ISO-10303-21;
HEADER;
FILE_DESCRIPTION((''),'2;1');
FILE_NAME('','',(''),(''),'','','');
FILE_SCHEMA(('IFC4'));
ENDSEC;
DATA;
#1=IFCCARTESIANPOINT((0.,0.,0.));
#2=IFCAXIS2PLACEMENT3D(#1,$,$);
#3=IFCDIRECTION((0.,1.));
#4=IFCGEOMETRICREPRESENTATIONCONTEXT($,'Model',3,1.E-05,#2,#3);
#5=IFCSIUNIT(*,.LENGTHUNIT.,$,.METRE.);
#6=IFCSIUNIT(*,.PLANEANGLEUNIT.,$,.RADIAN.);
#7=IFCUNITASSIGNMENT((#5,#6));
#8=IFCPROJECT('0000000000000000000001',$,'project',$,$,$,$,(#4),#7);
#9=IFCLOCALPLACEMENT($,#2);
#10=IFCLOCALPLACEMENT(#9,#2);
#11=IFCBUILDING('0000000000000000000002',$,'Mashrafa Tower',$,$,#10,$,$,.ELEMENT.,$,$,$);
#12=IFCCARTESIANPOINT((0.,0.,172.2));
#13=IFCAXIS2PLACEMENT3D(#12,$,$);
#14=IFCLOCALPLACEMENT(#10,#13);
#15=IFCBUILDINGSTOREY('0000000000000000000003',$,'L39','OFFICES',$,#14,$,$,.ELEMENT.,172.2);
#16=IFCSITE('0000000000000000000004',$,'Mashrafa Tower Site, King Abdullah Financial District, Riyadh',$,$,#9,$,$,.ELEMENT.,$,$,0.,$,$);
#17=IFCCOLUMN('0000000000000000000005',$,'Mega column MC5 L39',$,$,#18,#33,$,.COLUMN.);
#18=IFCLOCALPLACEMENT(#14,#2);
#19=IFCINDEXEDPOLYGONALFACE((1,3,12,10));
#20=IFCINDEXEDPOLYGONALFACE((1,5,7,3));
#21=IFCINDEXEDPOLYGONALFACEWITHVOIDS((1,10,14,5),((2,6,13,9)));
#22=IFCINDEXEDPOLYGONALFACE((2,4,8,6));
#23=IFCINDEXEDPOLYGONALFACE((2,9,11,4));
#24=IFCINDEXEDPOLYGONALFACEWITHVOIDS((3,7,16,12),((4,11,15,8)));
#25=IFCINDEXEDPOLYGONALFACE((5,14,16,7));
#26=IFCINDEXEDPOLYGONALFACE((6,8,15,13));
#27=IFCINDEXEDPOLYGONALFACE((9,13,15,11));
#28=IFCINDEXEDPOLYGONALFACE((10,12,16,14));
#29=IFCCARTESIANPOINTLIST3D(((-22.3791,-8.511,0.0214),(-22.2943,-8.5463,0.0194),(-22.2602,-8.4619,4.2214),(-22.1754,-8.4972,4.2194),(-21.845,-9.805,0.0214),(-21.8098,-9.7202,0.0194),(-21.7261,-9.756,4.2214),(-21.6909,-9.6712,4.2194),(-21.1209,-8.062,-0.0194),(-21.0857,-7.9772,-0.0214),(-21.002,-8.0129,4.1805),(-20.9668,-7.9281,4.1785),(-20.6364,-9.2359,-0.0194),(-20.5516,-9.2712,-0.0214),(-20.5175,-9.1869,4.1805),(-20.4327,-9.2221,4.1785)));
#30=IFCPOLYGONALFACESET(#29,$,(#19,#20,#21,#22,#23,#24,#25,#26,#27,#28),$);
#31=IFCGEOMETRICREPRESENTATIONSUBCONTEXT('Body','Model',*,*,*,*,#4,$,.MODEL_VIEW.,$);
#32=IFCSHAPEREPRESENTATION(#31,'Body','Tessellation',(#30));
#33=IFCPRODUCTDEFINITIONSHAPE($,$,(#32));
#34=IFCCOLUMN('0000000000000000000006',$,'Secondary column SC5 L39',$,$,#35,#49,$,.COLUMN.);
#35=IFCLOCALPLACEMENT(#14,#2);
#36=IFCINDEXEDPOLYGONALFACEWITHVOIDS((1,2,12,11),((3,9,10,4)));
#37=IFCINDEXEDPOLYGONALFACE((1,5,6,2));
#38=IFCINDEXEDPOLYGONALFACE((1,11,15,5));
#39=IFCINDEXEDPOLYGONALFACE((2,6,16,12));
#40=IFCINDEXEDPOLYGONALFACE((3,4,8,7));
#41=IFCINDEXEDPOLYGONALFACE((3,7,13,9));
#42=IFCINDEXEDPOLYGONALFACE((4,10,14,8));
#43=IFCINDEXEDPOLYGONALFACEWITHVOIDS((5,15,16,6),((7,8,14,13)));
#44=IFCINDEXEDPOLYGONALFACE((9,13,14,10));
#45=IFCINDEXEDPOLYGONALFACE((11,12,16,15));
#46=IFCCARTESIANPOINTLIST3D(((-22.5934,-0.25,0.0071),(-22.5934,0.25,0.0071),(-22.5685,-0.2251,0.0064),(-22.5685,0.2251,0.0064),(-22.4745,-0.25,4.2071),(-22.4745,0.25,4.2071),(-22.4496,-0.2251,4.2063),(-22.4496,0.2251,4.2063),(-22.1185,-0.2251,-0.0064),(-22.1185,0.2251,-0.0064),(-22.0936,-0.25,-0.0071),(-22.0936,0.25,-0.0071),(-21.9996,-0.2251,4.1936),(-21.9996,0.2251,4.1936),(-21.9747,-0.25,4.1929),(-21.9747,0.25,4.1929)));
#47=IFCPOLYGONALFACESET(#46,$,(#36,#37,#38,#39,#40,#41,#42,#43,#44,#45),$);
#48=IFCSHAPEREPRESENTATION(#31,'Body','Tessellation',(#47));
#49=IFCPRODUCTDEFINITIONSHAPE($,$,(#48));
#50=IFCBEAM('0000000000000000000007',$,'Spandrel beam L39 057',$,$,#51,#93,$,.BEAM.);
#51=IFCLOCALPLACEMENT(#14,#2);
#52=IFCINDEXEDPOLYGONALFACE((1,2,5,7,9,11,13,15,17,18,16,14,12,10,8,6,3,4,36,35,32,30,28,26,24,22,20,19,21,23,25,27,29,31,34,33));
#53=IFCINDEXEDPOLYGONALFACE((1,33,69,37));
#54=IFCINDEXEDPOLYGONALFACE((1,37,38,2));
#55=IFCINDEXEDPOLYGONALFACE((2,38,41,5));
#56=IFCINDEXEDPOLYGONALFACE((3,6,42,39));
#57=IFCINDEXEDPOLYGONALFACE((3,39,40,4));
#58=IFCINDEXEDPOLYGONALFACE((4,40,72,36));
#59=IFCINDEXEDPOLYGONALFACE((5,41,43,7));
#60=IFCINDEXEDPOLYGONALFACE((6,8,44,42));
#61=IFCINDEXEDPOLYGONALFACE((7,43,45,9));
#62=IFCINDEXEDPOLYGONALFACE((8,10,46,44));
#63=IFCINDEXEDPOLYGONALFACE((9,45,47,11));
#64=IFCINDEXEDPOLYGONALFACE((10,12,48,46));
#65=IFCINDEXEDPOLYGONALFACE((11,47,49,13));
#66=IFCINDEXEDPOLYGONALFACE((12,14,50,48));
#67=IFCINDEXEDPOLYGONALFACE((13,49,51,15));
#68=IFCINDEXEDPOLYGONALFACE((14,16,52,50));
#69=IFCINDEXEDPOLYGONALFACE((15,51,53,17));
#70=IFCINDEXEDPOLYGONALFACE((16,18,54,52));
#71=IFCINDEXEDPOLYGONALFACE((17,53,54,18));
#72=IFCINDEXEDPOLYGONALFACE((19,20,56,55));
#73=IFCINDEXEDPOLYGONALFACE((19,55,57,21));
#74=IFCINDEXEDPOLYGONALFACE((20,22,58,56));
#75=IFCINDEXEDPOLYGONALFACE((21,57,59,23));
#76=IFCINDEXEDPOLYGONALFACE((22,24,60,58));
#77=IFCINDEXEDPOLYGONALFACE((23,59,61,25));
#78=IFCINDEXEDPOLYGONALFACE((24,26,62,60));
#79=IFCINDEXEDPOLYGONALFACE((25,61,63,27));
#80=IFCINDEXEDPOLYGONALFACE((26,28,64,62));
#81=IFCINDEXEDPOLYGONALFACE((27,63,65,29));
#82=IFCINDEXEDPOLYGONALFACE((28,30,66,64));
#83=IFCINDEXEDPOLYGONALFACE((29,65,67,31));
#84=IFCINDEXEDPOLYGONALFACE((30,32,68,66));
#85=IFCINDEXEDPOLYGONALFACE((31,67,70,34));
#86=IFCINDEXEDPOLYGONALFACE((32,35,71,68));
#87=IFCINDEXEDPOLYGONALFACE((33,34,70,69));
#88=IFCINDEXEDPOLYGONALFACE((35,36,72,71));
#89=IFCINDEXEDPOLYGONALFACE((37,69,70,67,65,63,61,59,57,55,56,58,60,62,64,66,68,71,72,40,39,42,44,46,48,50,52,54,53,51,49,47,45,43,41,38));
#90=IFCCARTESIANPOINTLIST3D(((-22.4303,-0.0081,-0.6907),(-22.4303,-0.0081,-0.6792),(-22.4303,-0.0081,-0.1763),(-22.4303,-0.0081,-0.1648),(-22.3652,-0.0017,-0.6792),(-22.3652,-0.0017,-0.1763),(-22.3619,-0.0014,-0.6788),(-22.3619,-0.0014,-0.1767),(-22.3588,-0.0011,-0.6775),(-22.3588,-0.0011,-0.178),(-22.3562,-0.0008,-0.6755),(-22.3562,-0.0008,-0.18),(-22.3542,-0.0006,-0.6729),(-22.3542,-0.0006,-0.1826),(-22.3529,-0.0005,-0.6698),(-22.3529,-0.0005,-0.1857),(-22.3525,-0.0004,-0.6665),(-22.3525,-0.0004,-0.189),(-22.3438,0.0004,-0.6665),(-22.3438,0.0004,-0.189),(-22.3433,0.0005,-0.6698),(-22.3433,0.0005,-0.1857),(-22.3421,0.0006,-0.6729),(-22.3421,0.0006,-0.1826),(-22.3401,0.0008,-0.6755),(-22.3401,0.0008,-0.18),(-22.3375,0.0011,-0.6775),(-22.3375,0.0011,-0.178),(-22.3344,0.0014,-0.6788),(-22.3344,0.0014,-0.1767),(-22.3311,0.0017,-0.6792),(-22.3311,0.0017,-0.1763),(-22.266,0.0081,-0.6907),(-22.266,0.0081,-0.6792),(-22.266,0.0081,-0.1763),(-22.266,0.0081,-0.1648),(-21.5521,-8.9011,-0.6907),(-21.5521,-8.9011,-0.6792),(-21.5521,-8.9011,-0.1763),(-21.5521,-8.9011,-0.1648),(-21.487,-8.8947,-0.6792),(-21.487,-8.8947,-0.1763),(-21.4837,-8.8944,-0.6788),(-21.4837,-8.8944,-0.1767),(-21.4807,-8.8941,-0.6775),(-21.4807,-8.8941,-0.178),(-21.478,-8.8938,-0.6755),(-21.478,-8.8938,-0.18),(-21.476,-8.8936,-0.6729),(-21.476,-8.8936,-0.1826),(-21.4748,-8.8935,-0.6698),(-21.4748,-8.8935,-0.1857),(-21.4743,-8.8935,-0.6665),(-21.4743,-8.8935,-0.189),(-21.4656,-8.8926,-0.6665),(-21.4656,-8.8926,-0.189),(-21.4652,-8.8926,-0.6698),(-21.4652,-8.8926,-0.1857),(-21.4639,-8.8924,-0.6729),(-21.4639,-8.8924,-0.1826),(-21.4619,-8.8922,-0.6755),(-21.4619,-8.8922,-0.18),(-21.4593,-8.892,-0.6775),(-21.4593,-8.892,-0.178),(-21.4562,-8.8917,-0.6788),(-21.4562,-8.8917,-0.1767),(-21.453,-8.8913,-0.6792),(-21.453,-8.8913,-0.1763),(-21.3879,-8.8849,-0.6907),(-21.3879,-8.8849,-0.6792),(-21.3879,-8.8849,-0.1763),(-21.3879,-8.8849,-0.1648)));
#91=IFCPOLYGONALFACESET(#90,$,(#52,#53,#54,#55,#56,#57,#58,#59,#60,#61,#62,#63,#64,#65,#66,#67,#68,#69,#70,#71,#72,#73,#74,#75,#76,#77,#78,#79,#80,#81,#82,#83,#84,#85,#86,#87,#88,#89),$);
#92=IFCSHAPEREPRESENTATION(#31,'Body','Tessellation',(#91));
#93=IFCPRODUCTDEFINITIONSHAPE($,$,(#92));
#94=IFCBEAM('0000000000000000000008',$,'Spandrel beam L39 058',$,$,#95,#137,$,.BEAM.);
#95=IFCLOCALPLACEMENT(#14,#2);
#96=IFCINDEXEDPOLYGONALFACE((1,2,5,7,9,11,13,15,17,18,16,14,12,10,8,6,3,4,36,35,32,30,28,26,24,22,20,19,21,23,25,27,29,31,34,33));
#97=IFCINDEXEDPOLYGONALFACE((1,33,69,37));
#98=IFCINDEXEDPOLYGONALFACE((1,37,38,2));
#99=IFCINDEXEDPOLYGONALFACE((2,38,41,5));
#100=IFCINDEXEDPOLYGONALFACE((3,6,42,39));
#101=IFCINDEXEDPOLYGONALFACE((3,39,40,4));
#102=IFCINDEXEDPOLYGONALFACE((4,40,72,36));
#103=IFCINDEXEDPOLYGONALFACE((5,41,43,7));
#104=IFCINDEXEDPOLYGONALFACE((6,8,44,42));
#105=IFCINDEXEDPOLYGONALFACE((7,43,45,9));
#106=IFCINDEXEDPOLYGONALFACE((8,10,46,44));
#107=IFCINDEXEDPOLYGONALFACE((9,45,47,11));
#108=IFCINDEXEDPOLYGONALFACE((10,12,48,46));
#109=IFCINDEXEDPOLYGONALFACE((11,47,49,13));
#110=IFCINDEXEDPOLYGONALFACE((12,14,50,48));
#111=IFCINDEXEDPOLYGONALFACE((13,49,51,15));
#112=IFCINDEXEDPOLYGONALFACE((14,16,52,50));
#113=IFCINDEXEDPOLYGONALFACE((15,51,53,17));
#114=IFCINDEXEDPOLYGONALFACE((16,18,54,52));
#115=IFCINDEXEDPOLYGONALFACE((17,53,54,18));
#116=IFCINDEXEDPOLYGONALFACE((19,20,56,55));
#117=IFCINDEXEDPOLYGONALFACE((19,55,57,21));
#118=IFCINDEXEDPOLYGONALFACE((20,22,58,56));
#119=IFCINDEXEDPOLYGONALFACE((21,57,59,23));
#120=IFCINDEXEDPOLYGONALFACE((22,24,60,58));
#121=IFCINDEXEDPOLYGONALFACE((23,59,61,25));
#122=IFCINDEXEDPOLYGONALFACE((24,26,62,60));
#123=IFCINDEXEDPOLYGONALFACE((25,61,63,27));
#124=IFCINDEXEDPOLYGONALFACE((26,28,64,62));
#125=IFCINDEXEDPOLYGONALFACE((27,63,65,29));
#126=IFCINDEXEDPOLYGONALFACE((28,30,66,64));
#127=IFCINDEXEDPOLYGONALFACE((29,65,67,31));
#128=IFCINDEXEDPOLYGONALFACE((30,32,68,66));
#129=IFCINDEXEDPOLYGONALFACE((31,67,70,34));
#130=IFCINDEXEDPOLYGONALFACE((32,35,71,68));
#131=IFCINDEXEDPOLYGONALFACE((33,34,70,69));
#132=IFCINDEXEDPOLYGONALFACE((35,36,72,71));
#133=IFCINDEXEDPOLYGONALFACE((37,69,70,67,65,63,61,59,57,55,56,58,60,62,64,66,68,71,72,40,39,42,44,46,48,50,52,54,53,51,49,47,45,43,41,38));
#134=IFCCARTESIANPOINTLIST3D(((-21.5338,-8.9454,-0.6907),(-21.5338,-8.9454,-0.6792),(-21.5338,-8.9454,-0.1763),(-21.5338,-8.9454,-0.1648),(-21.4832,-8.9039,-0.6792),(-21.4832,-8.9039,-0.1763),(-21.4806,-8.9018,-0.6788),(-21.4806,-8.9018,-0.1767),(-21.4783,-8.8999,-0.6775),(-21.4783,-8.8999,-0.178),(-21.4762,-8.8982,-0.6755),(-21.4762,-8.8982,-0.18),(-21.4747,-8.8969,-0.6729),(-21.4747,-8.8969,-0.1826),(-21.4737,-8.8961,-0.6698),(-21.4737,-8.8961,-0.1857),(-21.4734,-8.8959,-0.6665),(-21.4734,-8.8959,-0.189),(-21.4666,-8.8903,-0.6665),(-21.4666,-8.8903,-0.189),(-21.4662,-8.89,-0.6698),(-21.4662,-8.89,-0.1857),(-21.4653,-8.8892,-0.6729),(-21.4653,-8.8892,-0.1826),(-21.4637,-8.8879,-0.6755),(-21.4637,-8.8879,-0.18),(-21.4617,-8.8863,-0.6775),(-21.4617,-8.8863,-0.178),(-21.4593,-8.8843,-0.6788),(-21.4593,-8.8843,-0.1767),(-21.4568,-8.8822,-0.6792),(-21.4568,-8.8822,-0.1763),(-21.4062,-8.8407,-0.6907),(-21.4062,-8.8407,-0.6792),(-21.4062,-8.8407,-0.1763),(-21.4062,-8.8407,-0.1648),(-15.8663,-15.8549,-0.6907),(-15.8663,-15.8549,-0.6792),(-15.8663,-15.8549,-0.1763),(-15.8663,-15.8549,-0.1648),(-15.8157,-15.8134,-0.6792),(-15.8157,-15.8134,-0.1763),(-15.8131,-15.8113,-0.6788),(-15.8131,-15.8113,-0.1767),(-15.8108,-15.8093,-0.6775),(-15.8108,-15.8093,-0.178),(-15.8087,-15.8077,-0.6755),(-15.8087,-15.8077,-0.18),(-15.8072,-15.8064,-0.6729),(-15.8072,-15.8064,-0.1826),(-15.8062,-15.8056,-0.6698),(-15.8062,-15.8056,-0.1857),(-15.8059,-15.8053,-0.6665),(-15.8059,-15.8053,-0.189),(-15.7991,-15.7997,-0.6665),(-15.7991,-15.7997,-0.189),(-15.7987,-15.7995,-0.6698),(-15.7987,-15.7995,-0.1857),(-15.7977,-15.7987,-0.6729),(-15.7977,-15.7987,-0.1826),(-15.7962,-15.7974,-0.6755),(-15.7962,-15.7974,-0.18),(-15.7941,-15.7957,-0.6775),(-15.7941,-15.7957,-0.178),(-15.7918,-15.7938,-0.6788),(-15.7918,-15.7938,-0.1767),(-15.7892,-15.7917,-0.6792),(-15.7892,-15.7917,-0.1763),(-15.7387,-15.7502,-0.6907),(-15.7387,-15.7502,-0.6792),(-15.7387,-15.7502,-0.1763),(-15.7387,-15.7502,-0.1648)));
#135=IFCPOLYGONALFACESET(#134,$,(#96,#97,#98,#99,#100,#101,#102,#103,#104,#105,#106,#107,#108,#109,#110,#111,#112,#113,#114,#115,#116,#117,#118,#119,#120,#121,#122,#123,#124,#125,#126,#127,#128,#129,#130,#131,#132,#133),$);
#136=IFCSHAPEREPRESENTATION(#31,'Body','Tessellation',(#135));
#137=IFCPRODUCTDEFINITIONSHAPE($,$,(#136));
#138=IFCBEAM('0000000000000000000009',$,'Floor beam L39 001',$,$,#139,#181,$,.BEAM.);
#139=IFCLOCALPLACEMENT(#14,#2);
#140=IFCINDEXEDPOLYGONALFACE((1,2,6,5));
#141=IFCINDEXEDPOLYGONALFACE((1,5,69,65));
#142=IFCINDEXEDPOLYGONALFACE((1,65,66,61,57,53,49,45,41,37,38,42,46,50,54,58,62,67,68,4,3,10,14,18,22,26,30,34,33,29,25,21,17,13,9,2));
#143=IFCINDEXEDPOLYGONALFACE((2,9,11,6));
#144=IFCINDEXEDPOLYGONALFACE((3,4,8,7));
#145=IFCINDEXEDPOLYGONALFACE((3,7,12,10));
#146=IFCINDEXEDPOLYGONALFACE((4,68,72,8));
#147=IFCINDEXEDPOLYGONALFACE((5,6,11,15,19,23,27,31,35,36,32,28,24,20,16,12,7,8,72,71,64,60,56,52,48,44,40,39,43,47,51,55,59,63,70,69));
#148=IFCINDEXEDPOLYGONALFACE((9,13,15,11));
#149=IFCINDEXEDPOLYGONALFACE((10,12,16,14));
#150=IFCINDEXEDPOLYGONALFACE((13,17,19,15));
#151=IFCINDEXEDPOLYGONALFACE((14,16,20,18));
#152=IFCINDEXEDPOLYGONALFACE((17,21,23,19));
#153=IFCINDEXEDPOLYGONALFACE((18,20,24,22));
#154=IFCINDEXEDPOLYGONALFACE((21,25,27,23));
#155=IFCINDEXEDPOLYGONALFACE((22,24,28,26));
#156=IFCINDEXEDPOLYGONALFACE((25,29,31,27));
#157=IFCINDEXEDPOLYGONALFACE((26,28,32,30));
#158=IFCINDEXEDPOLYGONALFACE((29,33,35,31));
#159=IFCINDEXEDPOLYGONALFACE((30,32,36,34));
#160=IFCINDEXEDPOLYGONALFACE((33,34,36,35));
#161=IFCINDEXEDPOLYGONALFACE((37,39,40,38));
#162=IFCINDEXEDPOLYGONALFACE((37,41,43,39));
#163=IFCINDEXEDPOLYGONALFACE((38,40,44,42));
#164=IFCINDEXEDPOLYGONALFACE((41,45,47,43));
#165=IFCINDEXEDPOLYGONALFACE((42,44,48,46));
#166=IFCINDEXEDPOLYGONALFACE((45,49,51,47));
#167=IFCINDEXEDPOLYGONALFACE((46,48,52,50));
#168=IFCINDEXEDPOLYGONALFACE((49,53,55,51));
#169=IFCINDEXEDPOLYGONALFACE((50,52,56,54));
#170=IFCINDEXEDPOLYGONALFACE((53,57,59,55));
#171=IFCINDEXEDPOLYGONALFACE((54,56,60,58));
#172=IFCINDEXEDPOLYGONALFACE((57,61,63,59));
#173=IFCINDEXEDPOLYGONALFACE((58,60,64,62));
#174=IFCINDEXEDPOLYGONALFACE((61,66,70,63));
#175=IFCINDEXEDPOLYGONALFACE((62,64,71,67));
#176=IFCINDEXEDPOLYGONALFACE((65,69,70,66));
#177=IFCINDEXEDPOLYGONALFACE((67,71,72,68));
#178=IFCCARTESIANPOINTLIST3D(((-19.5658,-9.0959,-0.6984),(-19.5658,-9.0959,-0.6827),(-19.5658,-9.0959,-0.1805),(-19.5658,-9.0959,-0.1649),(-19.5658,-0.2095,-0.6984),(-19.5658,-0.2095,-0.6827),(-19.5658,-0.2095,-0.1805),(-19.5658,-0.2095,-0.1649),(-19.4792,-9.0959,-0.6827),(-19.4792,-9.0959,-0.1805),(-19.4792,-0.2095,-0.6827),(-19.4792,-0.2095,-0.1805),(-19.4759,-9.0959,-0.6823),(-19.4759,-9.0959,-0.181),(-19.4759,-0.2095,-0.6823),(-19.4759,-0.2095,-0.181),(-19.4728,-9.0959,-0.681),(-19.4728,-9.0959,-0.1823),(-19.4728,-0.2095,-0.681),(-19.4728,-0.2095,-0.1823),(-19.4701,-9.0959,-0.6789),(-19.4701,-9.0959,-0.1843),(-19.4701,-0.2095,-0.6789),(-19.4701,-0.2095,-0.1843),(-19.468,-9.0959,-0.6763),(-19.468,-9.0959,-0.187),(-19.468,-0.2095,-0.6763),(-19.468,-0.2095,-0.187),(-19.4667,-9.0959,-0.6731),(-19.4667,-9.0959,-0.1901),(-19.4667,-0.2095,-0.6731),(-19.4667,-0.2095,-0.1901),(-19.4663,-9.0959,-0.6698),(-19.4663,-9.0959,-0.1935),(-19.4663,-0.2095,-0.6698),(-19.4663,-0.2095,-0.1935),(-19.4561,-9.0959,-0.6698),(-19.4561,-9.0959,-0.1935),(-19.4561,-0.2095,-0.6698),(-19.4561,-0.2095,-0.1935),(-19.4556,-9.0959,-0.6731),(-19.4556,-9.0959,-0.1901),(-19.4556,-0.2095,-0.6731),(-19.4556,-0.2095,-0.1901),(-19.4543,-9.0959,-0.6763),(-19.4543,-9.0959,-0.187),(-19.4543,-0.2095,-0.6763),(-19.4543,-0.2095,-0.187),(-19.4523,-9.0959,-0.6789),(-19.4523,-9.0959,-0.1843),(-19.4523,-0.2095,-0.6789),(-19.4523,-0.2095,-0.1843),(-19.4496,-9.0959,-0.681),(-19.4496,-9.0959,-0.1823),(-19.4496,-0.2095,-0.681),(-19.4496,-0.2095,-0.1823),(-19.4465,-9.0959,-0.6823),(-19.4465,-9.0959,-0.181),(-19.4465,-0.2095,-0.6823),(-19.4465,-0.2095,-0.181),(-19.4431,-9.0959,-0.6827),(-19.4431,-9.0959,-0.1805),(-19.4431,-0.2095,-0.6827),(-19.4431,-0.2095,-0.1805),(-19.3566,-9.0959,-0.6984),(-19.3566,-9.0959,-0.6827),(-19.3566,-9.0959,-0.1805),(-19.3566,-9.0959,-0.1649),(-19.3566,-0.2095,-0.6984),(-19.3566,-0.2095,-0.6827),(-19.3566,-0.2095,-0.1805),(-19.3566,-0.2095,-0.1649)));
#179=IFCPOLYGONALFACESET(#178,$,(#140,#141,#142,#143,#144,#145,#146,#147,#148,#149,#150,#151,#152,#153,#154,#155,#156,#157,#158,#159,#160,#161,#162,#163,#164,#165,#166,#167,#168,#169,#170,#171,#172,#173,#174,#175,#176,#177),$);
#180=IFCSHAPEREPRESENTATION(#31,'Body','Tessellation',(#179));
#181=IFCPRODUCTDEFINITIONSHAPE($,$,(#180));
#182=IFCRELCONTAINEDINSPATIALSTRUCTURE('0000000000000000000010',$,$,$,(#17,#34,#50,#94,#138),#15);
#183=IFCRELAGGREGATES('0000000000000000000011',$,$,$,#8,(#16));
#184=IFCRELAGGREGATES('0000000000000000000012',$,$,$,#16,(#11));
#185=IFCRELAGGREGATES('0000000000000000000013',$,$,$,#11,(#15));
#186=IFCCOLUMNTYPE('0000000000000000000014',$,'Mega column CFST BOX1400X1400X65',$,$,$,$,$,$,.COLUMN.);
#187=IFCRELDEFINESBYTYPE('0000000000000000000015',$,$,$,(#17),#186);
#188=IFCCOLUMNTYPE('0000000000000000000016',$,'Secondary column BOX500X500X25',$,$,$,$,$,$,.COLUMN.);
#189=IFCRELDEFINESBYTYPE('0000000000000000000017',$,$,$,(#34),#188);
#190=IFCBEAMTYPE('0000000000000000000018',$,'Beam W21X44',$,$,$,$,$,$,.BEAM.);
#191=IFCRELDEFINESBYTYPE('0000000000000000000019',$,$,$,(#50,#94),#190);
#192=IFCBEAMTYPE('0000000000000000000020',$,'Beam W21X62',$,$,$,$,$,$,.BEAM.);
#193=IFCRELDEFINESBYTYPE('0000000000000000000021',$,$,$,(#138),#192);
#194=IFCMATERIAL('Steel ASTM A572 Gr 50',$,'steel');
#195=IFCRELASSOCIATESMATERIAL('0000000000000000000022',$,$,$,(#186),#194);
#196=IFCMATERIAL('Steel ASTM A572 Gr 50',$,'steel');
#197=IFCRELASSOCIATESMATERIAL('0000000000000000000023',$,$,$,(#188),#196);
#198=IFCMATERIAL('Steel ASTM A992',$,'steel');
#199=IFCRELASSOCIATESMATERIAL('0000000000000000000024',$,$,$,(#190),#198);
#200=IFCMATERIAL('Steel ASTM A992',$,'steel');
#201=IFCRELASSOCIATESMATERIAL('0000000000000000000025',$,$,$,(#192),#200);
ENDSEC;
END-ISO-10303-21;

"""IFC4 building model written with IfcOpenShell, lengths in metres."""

from ifc_helpers import new_model, si_unit, direction, frame, origin, origin_2d, place, context, subcontext, project, spatial, hollow_rectangle, i_section, extrude, material, material_profile, profile_set, type_object, element, save


model = new_model("IFC4")

# Units and contexts
model_context = context("Model", 3, precision=1e-05, world=origin(), true_north=direction((0.0, 1.0)))
body_context = subcontext(model_context, "Body", "Model", "MODEL_VIEW")
ifc_project = project(units=[si_unit("LENGTHUNIT", "METRE"), si_unit("PLANEANGLEUNIT", "RADIAN")], contexts=[model_context])

# Site, building, storey
site_placement = place(None, origin())
site = spatial("IfcSite", under=ifc_project, at=site_placement, Name="Mashrafa Tower Site, King Abdullah Financial District, Riyadh", CompositionType="ELEMENT", RefElevation=0.0)
building_placement = place(site_placement, origin())
building = spatial("IfcBuilding", under=site, at=building_placement, Name="Mashrafa Tower", CompositionType="ELEMENT")
storey_placement = place(building_placement, frame((0.0, 0.0, 172.2)))
storey = spatial("IfcBuildingStorey", under=building, at=storey_placement, Name="L39", Description="OFFICES", CompositionType="ELEMENT", Elevation=172.2)

# Columns
ifc_material_1 = material(Name="Steel ASTM A572 Gr 50", Category="steel")
ifc_material_profile_1 = material_profile(ifc_material_1, hollow_rectangle(XDim=1.3999, YDim=1.3999, WallThickness=0.0649, at=origin_2d()), Name="BOX1400X1400X65")
ifc_profile_set_1 = profile_set([ifc_material_profile_1], Name="Steel ASTM A572 Gr 50")
column_type_1 = type_object("IfcColumnType", Name="Mega column CFST BOX1400X1400X65", PredefinedType="COLUMN", material=ifc_profile_set_1)
column_1_placement = place(storey_placement, frame((-21.4653, -8.8911, 0.0), z_axis=(0.028296, 0.011679, 0.999531), x_axis=(-0.381513, 0.924363, 0.0)))
element("IfcColumn", 1, at=column_1_placement, inside=storey, type_object=column_type_1, Name="Mega column MC5 L39", PredefinedType="COLUMN", context=body_context, shape_type="SweptSolid", body=[
    extrude(hollow_rectangle(XDim=1.3999, YDim=1.3999, WallThickness=0.0649, at=origin_2d()), origin(), (0.0, 0.0, 1.0), 4.2019),
])
ifc_material_2 = material(Name="Steel ASTM A572 Gr 50", Category="steel")
ifc_material_profile_2 = material_profile(ifc_material_2, hollow_rectangle(XDim=0.5, YDim=0.5, WallThickness=0.0249, at=origin_2d()), Name="BOX500X500X25")
ifc_profile_set_2 = profile_set([ifc_material_profile_2], Name="Steel ASTM A572 Gr 50")
column_type_2 = type_object("IfcColumnType", Name="Secondary column BOX500X500X25", PredefinedType="COLUMN", material=ifc_profile_set_2)
column_2_placement = place(storey_placement, frame((-22.3435, 0.0, 0.0), z_axis=(0.028298, 0.0, 0.9996), x_axis=(0.0, 1.0, 0.0)))
element("IfcColumn", 2, at=column_2_placement, inside=storey, type_object=column_type_2, Name="Secondary column SC5 L39", PredefinedType="COLUMN", context=body_context, shape_type="SweptSolid", body=[
    extrude(hollow_rectangle(XDim=0.5, YDim=0.5, WallThickness=0.0249, at=origin_2d()), origin(), (0.0, 0.0, 1.0), 4.2017),
])

# Beams
ifc_material_3 = material(Name="Steel ASTM A992", Category="steel")
ifc_material_profile_3 = material_profile(ifc_material_3, i_section(OverallWidth=0.165, OverallDepth=0.5259, WebThickness=0.0088, FlangeThickness=0.0115, FilletRadius=0.0127, at=origin_2d()), Name="W21X44")
ifc_profile_set_3 = profile_set([ifc_material_profile_3], Name="Steel ASTM A992")
beam_type_1 = type_object("IfcBeamType", Name="Beam W21X44", PredefinedType="BEAM", material=ifc_profile_set_3)
beam_1_placement = place(storey_placement, frame((-22.3481, 0.0, -0.4277), z_axis=(0.09827, -0.99516, 0.0), x_axis=(0.99516, 0.09827, 0.0)))
element("IfcBeam", 3, at=beam_1_placement, inside=storey, type_object=beam_type_1, Name="Spandrel beam L39 057", PredefinedType="BEAM", context=body_context, shape_type="SweptSolid", body=[
    extrude(i_section(OverallWidth=0.165, OverallDepth=0.5259, WebThickness=0.0088, FlangeThickness=0.0115, FilletRadius=0.0127, at=origin_2d()), origin(), (0.0, 0.0, 1.0), 8.9363),
])
beam_2_placement = place(storey_placement, frame((-21.47, -8.8931, -0.4277), z_axis=(0.634197, -0.773172, 0.0), x_axis=(0.773172, 0.634197, 0.0)))
element("IfcBeam", 4, at=beam_2_placement, inside=storey, type_object=beam_type_1, Name="Spandrel beam L39 058", PredefinedType="BEAM", context=body_context, shape_type="SweptSolid", body=[
    extrude(i_section(OverallWidth=0.165, OverallDepth=0.5259, WebThickness=0.0088, FlangeThickness=0.0115, FilletRadius=0.0127, at=origin_2d()), origin(), (0.0, 0.0, 1.0), 8.9365),
])
ifc_material_4 = material(Name="Steel ASTM A992", Category="steel")
ifc_material_profile_4 = material_profile(ifc_material_4, i_section(OverallWidth=0.2092, OverallDepth=0.5334, WebThickness=0.0103, FlangeThickness=0.0156, FilletRadius=0.0129, at=origin_2d()), Name="W21X62")
ifc_profile_set_4 = profile_set([ifc_material_profile_4], Name="Steel ASTM A992")
beam_type_2 = type_object("IfcBeamType", Name="Beam W21X62", PredefinedType="BEAM", material=ifc_profile_set_4)
beam_3_placement = place(storey_placement, frame((-19.4612, -9.0959, -0.4316), z_axis=(0.0, 1.0, 0.0), x_axis=(-1.0, 0.0, 0.0)))
element("IfcBeam", 5, at=beam_3_placement, inside=storey, type_object=beam_type_2, Name="Floor beam L39 001", PredefinedType="BEAM", context=body_context, shape_type="SweptSolid", body=[
    extrude(i_section(OverallWidth=0.2092, OverallDepth=0.5334, WebThickness=0.0103, FlangeThickness=0.0156, FilletRadius=0.0129, at=origin_2d()), origin(), (0.0, 0.0, 1.0), 8.8865),
])

save(model, "model.ifc")
